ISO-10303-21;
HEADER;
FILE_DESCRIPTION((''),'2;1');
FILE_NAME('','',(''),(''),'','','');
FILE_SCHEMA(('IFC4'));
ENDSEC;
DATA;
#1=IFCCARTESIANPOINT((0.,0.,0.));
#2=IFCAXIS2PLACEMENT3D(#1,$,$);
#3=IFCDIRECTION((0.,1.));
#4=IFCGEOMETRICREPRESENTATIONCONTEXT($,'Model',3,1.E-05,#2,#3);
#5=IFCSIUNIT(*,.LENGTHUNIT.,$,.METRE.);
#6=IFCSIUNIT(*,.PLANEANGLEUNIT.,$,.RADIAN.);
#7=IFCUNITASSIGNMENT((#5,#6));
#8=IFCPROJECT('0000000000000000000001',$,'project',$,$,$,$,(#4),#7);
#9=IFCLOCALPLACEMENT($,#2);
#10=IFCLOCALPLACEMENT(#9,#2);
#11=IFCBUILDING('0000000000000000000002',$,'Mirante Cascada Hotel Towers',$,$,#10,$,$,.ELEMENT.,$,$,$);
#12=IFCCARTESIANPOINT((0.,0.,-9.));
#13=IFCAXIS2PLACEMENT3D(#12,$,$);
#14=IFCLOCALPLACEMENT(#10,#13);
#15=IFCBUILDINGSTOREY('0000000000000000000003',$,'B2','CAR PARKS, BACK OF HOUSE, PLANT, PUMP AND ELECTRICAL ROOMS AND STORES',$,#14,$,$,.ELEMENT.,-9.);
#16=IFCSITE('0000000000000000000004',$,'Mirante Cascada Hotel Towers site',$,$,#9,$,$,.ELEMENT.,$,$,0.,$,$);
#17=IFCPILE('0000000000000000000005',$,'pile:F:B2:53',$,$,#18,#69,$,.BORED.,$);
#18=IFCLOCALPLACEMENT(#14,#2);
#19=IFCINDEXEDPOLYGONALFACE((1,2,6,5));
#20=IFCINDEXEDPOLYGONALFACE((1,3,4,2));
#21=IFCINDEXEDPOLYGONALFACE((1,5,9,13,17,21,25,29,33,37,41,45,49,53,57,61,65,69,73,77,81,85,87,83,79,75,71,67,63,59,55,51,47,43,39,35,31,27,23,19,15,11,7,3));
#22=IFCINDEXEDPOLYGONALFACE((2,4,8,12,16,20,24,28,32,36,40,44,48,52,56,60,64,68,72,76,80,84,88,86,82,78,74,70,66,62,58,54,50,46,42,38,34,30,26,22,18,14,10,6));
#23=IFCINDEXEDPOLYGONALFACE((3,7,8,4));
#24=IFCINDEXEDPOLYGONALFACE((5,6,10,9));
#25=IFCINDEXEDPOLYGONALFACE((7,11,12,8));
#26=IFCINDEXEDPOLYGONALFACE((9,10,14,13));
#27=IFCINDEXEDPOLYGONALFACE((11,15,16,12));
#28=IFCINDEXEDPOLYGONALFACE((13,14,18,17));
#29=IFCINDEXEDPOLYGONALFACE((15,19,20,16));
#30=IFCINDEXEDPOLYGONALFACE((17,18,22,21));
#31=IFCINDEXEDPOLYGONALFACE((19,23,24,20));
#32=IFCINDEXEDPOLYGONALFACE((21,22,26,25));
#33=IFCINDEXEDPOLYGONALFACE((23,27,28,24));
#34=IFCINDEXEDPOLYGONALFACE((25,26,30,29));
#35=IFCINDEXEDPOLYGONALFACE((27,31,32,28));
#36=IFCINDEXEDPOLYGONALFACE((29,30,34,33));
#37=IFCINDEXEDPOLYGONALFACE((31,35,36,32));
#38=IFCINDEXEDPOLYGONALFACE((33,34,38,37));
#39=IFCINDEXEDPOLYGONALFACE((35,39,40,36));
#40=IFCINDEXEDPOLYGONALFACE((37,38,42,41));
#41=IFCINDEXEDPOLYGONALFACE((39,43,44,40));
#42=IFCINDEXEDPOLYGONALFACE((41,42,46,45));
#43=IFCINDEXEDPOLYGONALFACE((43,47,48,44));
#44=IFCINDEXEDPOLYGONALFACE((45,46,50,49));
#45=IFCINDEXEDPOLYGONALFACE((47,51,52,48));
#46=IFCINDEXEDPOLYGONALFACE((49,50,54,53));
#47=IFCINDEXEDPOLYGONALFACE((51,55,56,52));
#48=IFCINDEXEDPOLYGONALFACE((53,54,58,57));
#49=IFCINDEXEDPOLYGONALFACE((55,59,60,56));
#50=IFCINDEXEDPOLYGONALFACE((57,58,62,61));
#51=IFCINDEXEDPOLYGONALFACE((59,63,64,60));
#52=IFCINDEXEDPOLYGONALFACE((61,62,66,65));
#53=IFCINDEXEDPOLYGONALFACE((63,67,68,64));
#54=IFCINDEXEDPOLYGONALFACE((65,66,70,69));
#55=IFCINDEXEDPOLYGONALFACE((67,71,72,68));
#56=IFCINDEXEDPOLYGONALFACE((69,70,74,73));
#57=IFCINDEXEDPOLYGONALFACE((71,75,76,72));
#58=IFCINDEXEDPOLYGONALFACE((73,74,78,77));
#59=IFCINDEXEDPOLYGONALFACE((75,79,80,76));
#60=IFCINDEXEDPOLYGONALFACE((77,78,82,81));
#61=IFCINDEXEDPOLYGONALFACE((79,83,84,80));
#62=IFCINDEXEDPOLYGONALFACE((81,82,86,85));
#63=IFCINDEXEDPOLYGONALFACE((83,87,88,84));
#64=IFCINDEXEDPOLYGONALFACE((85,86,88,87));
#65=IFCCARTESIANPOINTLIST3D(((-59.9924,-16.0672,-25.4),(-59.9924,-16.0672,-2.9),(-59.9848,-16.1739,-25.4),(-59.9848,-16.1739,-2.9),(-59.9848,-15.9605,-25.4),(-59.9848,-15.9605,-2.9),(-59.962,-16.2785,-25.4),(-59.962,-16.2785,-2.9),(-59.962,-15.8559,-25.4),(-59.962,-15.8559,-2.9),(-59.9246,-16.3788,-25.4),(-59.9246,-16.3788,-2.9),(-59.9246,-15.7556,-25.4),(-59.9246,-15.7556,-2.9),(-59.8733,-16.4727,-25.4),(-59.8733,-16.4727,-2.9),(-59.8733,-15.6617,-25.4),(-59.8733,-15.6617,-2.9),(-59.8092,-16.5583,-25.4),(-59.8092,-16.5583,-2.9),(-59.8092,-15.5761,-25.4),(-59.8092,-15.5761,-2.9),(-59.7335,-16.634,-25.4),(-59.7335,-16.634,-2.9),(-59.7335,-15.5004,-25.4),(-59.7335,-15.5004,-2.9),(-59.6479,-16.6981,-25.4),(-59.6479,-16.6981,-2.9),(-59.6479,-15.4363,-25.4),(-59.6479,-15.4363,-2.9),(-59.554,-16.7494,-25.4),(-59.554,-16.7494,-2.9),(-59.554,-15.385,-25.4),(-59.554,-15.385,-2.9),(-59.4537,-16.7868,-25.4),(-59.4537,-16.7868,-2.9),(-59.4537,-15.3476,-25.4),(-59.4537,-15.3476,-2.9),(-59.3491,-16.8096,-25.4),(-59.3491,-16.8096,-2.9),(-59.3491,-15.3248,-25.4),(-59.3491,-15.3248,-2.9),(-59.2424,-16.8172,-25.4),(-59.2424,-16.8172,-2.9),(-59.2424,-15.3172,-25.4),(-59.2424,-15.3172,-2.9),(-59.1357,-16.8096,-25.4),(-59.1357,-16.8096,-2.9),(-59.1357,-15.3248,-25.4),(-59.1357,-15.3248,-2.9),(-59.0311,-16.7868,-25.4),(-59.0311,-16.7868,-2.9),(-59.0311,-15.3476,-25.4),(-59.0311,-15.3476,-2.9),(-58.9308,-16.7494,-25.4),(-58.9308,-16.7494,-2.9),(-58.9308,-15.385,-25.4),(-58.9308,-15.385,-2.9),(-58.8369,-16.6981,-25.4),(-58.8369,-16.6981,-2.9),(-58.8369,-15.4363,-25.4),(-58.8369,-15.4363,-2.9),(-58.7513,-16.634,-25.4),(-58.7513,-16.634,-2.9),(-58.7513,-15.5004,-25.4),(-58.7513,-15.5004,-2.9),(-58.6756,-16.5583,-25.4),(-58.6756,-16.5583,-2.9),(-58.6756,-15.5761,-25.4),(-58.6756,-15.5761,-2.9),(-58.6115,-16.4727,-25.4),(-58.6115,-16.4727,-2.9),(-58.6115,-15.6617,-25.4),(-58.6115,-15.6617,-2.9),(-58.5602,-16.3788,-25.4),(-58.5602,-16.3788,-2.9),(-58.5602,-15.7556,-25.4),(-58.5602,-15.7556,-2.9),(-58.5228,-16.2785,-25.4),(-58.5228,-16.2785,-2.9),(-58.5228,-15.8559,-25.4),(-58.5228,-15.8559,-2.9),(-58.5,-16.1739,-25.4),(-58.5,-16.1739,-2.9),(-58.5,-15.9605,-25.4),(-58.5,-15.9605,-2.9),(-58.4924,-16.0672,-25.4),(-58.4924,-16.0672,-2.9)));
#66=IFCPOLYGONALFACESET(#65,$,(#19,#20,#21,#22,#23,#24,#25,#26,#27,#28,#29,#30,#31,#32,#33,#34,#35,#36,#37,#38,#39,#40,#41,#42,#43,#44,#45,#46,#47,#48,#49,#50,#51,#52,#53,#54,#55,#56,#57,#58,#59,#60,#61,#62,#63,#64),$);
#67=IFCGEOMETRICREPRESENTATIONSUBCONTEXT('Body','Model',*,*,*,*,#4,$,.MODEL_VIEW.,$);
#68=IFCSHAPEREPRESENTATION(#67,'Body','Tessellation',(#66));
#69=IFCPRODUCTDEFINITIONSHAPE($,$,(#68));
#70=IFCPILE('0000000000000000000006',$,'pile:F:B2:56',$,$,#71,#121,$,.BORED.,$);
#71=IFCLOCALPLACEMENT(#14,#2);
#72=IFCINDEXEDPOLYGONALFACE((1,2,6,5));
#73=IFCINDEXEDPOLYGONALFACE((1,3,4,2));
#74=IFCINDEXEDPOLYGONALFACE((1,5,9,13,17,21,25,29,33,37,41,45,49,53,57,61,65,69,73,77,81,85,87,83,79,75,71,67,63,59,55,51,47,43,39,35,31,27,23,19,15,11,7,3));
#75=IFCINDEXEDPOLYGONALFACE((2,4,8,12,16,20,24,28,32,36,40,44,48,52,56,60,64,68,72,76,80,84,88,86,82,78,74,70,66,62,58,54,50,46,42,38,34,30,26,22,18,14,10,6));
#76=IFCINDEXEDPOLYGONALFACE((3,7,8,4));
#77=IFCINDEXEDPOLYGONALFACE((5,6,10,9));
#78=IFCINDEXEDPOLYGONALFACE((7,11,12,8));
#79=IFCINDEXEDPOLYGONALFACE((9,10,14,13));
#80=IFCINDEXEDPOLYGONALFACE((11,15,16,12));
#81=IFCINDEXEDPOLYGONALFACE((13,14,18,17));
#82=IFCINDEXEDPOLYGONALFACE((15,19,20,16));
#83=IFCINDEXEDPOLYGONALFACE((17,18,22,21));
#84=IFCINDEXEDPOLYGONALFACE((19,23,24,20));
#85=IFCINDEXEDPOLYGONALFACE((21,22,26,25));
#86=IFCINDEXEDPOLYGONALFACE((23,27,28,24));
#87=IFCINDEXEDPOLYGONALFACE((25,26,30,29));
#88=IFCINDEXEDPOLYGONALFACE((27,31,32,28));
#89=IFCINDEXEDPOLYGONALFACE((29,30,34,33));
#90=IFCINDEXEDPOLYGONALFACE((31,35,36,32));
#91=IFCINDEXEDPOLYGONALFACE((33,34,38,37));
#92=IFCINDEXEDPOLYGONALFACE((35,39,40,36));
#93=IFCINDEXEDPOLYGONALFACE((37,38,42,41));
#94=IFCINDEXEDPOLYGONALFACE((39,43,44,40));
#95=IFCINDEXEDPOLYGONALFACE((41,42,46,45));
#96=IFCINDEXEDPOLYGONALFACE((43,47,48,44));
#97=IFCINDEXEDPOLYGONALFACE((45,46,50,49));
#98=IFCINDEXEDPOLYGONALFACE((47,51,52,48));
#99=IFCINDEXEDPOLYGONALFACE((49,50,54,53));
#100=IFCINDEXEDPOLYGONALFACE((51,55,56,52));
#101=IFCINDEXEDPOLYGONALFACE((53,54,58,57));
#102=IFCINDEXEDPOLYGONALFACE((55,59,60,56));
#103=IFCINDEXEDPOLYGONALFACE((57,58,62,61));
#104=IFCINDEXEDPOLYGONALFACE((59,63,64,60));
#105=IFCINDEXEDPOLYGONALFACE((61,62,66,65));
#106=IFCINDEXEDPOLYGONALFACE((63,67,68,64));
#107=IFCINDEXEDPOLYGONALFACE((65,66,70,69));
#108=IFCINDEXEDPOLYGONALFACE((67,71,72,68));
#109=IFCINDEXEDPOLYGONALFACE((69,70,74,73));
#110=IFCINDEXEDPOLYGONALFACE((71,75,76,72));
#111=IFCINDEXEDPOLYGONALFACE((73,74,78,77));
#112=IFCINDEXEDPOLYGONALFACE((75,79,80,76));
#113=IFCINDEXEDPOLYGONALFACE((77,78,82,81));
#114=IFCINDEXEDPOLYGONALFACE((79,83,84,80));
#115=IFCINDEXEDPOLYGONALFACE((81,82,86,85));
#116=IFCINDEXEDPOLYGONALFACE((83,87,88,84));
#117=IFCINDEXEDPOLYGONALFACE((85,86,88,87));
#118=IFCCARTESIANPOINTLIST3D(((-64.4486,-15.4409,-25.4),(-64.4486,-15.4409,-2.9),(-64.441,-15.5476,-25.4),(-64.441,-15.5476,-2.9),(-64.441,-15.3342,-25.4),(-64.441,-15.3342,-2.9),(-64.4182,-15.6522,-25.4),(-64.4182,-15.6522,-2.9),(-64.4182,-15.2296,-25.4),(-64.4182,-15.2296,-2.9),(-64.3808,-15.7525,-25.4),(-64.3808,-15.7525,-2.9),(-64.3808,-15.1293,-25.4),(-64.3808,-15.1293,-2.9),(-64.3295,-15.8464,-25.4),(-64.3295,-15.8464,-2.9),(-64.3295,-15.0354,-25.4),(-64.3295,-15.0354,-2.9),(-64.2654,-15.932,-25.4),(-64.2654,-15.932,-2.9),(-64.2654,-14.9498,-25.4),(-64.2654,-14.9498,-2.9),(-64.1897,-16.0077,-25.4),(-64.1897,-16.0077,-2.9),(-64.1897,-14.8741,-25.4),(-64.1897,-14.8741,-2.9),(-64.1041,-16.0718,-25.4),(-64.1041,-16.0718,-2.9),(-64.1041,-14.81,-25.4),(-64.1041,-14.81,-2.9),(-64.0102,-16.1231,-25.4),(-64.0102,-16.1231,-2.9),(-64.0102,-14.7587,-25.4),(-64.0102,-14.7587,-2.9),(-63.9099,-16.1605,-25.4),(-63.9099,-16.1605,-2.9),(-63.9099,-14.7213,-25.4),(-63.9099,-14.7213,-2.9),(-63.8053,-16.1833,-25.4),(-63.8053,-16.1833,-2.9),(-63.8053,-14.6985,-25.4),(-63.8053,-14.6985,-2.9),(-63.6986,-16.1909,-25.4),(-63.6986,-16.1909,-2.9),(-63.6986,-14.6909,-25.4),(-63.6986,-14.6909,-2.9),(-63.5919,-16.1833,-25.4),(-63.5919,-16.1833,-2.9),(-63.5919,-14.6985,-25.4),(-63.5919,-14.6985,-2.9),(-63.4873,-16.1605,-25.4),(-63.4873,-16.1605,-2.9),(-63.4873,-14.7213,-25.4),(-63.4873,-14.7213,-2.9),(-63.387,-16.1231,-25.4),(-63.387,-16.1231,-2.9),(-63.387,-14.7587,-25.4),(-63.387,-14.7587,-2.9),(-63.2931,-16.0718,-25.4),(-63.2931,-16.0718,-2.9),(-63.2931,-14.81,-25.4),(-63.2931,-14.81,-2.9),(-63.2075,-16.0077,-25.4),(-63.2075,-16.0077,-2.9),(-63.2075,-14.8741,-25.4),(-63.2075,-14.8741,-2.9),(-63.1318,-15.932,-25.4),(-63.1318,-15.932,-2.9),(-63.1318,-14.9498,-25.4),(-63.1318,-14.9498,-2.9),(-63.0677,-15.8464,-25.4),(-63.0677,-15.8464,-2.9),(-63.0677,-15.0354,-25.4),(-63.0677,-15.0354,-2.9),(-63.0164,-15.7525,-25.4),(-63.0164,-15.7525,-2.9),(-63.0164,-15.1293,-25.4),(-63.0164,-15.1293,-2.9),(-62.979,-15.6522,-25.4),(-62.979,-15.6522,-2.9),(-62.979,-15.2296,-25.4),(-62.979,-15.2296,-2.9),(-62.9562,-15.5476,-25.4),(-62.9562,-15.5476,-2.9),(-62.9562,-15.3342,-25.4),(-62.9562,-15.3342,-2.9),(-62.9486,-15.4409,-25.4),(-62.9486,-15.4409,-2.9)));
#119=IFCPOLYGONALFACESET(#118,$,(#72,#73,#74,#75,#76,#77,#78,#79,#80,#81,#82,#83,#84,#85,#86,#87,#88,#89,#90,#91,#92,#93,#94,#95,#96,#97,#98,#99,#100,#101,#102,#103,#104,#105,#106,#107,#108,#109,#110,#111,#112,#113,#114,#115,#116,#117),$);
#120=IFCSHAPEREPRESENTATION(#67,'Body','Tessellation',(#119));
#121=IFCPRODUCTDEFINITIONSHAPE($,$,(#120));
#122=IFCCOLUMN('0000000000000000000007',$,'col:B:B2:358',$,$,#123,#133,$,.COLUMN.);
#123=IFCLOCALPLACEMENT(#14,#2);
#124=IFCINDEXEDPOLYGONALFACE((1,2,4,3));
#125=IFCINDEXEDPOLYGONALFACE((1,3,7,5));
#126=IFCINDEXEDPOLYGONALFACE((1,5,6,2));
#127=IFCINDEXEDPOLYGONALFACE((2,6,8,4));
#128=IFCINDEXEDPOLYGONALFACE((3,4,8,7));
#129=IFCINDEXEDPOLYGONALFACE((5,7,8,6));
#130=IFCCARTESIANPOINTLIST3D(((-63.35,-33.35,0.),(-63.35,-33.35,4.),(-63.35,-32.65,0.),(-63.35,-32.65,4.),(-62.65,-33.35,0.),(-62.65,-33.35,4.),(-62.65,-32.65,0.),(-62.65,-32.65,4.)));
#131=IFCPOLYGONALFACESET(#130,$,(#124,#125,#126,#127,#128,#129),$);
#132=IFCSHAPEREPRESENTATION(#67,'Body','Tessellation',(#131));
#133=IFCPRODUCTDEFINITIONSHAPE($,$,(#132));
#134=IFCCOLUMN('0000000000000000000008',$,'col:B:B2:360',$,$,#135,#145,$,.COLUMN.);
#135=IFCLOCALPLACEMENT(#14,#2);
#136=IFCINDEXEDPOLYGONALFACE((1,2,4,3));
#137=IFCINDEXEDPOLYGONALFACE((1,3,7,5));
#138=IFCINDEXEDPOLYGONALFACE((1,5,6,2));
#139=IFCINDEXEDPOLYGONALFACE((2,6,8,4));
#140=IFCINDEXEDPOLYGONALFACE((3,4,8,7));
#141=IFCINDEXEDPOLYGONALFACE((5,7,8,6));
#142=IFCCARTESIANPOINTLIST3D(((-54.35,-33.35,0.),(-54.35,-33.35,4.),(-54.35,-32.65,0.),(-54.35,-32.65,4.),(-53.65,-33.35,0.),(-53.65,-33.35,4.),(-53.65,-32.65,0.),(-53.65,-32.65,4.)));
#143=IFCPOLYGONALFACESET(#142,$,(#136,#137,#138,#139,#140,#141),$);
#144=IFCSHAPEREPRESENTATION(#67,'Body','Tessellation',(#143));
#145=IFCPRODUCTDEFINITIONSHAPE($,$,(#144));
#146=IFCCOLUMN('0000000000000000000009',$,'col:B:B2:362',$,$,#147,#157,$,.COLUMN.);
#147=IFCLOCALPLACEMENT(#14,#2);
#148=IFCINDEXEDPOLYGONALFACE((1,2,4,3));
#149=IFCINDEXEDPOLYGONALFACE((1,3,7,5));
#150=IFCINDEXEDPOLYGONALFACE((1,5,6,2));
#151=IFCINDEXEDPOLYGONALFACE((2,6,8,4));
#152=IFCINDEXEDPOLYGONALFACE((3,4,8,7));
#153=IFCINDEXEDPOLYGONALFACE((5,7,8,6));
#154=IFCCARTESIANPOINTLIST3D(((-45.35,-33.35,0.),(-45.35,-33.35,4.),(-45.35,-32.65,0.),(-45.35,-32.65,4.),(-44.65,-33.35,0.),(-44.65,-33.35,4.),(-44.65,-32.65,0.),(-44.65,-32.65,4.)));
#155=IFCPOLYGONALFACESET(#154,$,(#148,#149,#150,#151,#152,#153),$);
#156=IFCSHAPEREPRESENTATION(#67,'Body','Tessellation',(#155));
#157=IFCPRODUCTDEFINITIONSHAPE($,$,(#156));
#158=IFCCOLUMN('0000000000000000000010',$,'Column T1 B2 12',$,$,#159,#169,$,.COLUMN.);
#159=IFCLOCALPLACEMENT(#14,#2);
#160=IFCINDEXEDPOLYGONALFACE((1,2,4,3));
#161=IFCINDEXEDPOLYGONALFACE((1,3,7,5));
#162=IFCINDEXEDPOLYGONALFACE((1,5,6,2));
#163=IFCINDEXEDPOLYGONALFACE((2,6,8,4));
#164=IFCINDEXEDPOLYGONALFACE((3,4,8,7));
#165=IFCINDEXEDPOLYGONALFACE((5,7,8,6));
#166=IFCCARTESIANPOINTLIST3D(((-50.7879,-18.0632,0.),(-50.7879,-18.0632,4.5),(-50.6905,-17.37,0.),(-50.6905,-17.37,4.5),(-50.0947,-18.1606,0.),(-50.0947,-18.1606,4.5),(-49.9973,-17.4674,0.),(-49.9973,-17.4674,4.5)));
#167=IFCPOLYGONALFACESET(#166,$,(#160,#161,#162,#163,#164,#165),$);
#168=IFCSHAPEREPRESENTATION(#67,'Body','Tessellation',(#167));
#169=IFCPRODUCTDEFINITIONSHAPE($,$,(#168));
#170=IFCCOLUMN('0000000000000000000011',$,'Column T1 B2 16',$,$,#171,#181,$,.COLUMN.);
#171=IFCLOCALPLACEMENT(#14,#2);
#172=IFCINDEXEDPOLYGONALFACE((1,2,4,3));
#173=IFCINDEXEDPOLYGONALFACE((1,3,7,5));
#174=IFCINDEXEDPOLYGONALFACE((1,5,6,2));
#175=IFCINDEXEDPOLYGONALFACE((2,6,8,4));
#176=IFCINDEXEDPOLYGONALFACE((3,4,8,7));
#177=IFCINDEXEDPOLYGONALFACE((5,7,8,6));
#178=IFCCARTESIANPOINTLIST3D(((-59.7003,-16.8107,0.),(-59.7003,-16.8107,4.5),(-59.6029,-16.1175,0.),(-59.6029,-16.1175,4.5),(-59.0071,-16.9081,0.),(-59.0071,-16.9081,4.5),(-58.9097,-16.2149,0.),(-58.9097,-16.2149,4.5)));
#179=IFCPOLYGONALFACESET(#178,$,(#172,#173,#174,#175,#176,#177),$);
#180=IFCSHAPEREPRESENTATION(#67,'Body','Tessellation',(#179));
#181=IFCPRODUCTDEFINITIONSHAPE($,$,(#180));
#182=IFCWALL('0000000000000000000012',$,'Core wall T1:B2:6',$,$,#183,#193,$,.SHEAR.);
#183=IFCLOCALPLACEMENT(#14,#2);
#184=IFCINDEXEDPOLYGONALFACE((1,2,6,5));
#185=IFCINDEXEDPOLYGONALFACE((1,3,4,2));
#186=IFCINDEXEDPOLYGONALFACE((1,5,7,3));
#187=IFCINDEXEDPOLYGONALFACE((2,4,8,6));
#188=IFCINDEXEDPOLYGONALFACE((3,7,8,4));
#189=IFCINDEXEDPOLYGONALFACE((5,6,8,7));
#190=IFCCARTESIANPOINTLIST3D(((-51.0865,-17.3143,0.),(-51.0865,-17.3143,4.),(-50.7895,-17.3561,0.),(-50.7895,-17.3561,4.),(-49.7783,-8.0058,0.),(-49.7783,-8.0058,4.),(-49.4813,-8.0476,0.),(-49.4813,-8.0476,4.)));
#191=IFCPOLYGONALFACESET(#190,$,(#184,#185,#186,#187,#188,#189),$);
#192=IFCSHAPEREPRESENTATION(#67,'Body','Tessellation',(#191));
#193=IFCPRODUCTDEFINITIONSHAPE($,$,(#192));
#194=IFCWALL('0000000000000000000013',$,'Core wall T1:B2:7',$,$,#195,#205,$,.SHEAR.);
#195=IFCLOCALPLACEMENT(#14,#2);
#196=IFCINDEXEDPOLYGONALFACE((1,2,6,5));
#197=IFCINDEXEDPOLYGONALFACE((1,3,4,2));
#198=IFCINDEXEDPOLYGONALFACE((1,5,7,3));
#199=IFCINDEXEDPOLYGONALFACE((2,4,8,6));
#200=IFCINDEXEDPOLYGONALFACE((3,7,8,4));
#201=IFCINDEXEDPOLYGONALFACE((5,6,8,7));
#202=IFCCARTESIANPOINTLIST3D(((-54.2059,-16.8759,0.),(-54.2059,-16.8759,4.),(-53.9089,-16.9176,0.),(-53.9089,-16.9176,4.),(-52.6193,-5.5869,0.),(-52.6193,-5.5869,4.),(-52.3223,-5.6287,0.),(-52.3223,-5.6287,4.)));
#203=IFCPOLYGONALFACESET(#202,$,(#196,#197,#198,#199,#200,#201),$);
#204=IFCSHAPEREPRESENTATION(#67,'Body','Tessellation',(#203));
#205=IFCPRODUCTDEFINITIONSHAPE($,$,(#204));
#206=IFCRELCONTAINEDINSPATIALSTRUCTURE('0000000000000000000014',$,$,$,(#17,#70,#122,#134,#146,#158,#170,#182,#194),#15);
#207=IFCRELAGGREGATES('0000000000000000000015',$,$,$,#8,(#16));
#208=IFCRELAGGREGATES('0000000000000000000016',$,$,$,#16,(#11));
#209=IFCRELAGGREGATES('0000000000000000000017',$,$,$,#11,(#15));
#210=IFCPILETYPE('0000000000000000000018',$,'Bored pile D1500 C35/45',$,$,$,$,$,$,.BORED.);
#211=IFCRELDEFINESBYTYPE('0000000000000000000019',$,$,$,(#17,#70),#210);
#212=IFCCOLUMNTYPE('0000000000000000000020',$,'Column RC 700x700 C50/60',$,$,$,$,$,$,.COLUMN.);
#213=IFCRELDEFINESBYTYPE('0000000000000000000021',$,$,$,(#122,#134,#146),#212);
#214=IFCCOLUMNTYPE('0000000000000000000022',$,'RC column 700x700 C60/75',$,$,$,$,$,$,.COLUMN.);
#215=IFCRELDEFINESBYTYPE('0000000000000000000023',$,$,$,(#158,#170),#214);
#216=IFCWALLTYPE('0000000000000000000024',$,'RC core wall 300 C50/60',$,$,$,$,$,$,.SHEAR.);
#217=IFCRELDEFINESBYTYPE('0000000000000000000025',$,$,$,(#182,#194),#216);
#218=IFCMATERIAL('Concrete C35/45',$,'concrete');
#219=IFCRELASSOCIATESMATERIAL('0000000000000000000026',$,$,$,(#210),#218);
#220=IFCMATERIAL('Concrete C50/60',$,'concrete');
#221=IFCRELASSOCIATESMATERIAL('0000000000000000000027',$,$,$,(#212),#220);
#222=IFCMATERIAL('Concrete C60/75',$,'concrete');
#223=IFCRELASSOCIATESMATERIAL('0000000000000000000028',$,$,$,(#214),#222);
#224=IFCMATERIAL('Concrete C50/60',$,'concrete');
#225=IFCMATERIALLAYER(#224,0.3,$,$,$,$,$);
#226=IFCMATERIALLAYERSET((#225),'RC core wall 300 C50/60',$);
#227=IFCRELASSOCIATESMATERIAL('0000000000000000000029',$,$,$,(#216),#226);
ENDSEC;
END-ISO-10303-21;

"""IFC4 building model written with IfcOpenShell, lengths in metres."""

from ifc_helpers import new_model, si_unit, direction, frame, frame_2d, origin, origin_2d, place, context, subcontext, project, spatial, rectangle, circle, extrude, material, layer, layer_set, material_profile, profile_set, type_object, element, save


model = new_model("IFC4")

# Units and contexts
model_context = context("Model", 3, precision=1e-05, world=origin(), true_north=direction((0.0, 1.0)))
body_context = subcontext(model_context, "Body", "Model", "MODEL_VIEW")
ifc_project = project(units=[si_unit("LENGTHUNIT", "METRE"), si_unit("PLANEANGLEUNIT", "RADIAN")], contexts=[model_context])

# Site, building, storey
site_placement = place(None, origin())
site = spatial("IfcSite", under=ifc_project, at=site_placement, Name="Mirante Cascada Hotel Towers site", CompositionType="ELEMENT", RefElevation=0.0)
building_placement = place(site_placement, origin())
building = spatial("IfcBuilding", under=site, at=building_placement, Name="Mirante Cascada Hotel Towers", CompositionType="ELEMENT")
storey_placement = place(building_placement, frame((0.0, 0.0, -9.0)))
storey = spatial("IfcBuildingStorey", under=building, at=storey_placement, Name="B2", Description="CAR PARKS, BACK OF HOUSE, PLANT, PUMP AND ELECTRICAL ROOMS AND STORES", CompositionType="ELEMENT", Elevation=-9.0)

# Piles
ifc_material_1 = material(Name="Concrete C35/45", Category="concrete")
ifc_material_profile_1 = material_profile(ifc_material_1, circle(Radius=0.75, at=origin_2d()), Name="RC D1500")
ifc_profile_set_1 = profile_set([ifc_material_profile_1], Name="Concrete C35/45")
pile_type = type_object("IfcPileType", Name="Bored pile D1500 C35/45", PredefinedType="BORED", material=ifc_profile_set_1)
for number, where, z_axis, x_axis, name in (
    (1, (-59.2424, -16.0672, -2.9), (0.0, 0.0, -1.0), (1.0, 0.0, 0.0), "pile:F:B2:53"),
    (2, (-63.6986, -15.4409, -2.9), (0.0, 0.0, -1.0), (1.0, 0.0, 0.0), "pile:F:B2:56"),
):
    element("IfcPile", number, at=place(storey_placement, frame(where, z_axis=z_axis, x_axis=x_axis)), inside=storey, type_object=pile_type, Name=name, PredefinedType="BORED", context=body_context, shape_type="SweptSolid", body=[
        extrude(circle(Radius=0.75, at=origin_2d()), origin(), (0.0, 0.0, 1.0), 22.5),
    ])

# Columns
ifc_material_2 = material(Name="Concrete C50/60", Category="concrete")
ifc_material_profile_2 = material_profile(ifc_material_2, rectangle(XDim=0.7, YDim=0.7, at=origin_2d()), Name="RC 700x700")
ifc_profile_set_2 = profile_set([ifc_material_profile_2], Name="Concrete C50/60")
column_type_1 = type_object("IfcColumnType", Name="Column RC 700x700 C50/60", PredefinedType="COLUMN", material=ifc_profile_set_2)
for number, where, z_axis, x_axis, name in (
    (3, (-63.0, -33.0, 0.0), (0.0, 0.0, 1.0), (1.0, 0.0, 0.0), "col:B:B2:358"),
    (4, (-54.0, -33.0, 0.0), (0.0, 0.0, 1.0), (1.0, 0.0, 0.0), "col:B:B2:360"),
    (5, (-45.0, -33.0, 0.0), (0.0, 0.0, 1.0), (1.0, 0.0, 0.0), "col:B:B2:362"),
):
    element("IfcColumn", number, at=place(storey_placement, frame(where, z_axis=z_axis, x_axis=x_axis)), inside=storey, type_object=column_type_1, Name=name, PredefinedType="COLUMN", context=body_context, shape_type="SweptSolid", body=[
        extrude(rectangle(XDim=0.7, YDim=0.7, at=origin_2d()), origin(), (0.0, 0.0, 1.0), 4.0),
    ])
ifc_material_3 = material(Name="Concrete C60/75", Category="concrete")
ifc_material_profile_3 = material_profile(ifc_material_3, rectangle(XDim=0.7, YDim=0.7, at=origin_2d()), Name="RC column 700x700 C60/75")
ifc_profile_set_3 = profile_set([ifc_material_profile_3], Name="Concrete C60/75")
column_type_2 = type_object("IfcColumnType", Name="RC column 700x700 C60/75", PredefinedType="COLUMN", material=ifc_profile_set_3)
for number, where, z_axis, x_axis, name in (
    (6, (-50.3926, -17.7653, 0.0), (0.0, 0.0, 1.0), (-0.990268, 0.139173, 0.0), "Column T1 B2 12"),
    (7, (-59.305, -16.5128, 0.0), (0.0, 0.0, 1.0), (-0.990268, 0.139173, 0.0), "Column T1 B2 16"),
):
    element("IfcColumn", number, at=place(storey_placement, frame(where, z_axis=z_axis, x_axis=x_axis)), inside=storey, type_object=column_type_2, Name=name, PredefinedType="COLUMN", context=body_context, shape_type="SweptSolid", body=[
        extrude(rectangle(XDim=0.7, YDim=0.7, at=origin_2d()), origin(), (0.0, 0.0, 1.0), 4.5),
    ])

# Walls
ifc_material_4 = material(Name="Concrete C50/60", Category="concrete")
ifc_layer_1 = layer(ifc_material_4, 0.3)
ifc_layer_set_1 = layer_set([ifc_layer_1], Name="RC core wall 300 C50/60")
wall_type_1 = type_object("IfcWallType", Name="RC core wall 300 C50/60", PredefinedType="SHEAR", material=ifc_layer_set_1)
wall_1_placement = place(storey_placement, frame((-50.938, -17.3352, 0.0), z_axis=(0.0, 0.0, 1.0), x_axis=(0.139171, 0.990268, 0.0)))
element("IfcWall", 8, at=wall_1_placement, inside=storey, type_object=wall_type_1, Name="Core wall T1:B2:6", PredefinedType="SHEAR", context=body_context, shape_type="SweptSolid", body=[
    extrude(rectangle(XDim=9.4, YDim=0.3, at=frame_2d((4.7, 0.0))), origin(), (0.0, 0.0, 1.0), 4.0),
])
wall_2_placement = place(storey_placement, frame((-54.0574, -16.8968, 0.0), z_axis=(0.0, 0.0, 1.0), x_axis=(0.139176, 0.990268, 0.0)))
element("IfcWall", 9, at=wall_2_placement, inside=storey, type_object=wall_type_1, Name="Core wall T1:B2:7", PredefinedType="SHEAR", context=body_context, shape_type="SweptSolid", body=[
    extrude(rectangle(XDim=11.3999, YDim=0.3, at=frame_2d((5.7, 0.0))), origin(), (0.0, 0.0, 1.0), 4.0),
])

save(model, "model.ifc")
